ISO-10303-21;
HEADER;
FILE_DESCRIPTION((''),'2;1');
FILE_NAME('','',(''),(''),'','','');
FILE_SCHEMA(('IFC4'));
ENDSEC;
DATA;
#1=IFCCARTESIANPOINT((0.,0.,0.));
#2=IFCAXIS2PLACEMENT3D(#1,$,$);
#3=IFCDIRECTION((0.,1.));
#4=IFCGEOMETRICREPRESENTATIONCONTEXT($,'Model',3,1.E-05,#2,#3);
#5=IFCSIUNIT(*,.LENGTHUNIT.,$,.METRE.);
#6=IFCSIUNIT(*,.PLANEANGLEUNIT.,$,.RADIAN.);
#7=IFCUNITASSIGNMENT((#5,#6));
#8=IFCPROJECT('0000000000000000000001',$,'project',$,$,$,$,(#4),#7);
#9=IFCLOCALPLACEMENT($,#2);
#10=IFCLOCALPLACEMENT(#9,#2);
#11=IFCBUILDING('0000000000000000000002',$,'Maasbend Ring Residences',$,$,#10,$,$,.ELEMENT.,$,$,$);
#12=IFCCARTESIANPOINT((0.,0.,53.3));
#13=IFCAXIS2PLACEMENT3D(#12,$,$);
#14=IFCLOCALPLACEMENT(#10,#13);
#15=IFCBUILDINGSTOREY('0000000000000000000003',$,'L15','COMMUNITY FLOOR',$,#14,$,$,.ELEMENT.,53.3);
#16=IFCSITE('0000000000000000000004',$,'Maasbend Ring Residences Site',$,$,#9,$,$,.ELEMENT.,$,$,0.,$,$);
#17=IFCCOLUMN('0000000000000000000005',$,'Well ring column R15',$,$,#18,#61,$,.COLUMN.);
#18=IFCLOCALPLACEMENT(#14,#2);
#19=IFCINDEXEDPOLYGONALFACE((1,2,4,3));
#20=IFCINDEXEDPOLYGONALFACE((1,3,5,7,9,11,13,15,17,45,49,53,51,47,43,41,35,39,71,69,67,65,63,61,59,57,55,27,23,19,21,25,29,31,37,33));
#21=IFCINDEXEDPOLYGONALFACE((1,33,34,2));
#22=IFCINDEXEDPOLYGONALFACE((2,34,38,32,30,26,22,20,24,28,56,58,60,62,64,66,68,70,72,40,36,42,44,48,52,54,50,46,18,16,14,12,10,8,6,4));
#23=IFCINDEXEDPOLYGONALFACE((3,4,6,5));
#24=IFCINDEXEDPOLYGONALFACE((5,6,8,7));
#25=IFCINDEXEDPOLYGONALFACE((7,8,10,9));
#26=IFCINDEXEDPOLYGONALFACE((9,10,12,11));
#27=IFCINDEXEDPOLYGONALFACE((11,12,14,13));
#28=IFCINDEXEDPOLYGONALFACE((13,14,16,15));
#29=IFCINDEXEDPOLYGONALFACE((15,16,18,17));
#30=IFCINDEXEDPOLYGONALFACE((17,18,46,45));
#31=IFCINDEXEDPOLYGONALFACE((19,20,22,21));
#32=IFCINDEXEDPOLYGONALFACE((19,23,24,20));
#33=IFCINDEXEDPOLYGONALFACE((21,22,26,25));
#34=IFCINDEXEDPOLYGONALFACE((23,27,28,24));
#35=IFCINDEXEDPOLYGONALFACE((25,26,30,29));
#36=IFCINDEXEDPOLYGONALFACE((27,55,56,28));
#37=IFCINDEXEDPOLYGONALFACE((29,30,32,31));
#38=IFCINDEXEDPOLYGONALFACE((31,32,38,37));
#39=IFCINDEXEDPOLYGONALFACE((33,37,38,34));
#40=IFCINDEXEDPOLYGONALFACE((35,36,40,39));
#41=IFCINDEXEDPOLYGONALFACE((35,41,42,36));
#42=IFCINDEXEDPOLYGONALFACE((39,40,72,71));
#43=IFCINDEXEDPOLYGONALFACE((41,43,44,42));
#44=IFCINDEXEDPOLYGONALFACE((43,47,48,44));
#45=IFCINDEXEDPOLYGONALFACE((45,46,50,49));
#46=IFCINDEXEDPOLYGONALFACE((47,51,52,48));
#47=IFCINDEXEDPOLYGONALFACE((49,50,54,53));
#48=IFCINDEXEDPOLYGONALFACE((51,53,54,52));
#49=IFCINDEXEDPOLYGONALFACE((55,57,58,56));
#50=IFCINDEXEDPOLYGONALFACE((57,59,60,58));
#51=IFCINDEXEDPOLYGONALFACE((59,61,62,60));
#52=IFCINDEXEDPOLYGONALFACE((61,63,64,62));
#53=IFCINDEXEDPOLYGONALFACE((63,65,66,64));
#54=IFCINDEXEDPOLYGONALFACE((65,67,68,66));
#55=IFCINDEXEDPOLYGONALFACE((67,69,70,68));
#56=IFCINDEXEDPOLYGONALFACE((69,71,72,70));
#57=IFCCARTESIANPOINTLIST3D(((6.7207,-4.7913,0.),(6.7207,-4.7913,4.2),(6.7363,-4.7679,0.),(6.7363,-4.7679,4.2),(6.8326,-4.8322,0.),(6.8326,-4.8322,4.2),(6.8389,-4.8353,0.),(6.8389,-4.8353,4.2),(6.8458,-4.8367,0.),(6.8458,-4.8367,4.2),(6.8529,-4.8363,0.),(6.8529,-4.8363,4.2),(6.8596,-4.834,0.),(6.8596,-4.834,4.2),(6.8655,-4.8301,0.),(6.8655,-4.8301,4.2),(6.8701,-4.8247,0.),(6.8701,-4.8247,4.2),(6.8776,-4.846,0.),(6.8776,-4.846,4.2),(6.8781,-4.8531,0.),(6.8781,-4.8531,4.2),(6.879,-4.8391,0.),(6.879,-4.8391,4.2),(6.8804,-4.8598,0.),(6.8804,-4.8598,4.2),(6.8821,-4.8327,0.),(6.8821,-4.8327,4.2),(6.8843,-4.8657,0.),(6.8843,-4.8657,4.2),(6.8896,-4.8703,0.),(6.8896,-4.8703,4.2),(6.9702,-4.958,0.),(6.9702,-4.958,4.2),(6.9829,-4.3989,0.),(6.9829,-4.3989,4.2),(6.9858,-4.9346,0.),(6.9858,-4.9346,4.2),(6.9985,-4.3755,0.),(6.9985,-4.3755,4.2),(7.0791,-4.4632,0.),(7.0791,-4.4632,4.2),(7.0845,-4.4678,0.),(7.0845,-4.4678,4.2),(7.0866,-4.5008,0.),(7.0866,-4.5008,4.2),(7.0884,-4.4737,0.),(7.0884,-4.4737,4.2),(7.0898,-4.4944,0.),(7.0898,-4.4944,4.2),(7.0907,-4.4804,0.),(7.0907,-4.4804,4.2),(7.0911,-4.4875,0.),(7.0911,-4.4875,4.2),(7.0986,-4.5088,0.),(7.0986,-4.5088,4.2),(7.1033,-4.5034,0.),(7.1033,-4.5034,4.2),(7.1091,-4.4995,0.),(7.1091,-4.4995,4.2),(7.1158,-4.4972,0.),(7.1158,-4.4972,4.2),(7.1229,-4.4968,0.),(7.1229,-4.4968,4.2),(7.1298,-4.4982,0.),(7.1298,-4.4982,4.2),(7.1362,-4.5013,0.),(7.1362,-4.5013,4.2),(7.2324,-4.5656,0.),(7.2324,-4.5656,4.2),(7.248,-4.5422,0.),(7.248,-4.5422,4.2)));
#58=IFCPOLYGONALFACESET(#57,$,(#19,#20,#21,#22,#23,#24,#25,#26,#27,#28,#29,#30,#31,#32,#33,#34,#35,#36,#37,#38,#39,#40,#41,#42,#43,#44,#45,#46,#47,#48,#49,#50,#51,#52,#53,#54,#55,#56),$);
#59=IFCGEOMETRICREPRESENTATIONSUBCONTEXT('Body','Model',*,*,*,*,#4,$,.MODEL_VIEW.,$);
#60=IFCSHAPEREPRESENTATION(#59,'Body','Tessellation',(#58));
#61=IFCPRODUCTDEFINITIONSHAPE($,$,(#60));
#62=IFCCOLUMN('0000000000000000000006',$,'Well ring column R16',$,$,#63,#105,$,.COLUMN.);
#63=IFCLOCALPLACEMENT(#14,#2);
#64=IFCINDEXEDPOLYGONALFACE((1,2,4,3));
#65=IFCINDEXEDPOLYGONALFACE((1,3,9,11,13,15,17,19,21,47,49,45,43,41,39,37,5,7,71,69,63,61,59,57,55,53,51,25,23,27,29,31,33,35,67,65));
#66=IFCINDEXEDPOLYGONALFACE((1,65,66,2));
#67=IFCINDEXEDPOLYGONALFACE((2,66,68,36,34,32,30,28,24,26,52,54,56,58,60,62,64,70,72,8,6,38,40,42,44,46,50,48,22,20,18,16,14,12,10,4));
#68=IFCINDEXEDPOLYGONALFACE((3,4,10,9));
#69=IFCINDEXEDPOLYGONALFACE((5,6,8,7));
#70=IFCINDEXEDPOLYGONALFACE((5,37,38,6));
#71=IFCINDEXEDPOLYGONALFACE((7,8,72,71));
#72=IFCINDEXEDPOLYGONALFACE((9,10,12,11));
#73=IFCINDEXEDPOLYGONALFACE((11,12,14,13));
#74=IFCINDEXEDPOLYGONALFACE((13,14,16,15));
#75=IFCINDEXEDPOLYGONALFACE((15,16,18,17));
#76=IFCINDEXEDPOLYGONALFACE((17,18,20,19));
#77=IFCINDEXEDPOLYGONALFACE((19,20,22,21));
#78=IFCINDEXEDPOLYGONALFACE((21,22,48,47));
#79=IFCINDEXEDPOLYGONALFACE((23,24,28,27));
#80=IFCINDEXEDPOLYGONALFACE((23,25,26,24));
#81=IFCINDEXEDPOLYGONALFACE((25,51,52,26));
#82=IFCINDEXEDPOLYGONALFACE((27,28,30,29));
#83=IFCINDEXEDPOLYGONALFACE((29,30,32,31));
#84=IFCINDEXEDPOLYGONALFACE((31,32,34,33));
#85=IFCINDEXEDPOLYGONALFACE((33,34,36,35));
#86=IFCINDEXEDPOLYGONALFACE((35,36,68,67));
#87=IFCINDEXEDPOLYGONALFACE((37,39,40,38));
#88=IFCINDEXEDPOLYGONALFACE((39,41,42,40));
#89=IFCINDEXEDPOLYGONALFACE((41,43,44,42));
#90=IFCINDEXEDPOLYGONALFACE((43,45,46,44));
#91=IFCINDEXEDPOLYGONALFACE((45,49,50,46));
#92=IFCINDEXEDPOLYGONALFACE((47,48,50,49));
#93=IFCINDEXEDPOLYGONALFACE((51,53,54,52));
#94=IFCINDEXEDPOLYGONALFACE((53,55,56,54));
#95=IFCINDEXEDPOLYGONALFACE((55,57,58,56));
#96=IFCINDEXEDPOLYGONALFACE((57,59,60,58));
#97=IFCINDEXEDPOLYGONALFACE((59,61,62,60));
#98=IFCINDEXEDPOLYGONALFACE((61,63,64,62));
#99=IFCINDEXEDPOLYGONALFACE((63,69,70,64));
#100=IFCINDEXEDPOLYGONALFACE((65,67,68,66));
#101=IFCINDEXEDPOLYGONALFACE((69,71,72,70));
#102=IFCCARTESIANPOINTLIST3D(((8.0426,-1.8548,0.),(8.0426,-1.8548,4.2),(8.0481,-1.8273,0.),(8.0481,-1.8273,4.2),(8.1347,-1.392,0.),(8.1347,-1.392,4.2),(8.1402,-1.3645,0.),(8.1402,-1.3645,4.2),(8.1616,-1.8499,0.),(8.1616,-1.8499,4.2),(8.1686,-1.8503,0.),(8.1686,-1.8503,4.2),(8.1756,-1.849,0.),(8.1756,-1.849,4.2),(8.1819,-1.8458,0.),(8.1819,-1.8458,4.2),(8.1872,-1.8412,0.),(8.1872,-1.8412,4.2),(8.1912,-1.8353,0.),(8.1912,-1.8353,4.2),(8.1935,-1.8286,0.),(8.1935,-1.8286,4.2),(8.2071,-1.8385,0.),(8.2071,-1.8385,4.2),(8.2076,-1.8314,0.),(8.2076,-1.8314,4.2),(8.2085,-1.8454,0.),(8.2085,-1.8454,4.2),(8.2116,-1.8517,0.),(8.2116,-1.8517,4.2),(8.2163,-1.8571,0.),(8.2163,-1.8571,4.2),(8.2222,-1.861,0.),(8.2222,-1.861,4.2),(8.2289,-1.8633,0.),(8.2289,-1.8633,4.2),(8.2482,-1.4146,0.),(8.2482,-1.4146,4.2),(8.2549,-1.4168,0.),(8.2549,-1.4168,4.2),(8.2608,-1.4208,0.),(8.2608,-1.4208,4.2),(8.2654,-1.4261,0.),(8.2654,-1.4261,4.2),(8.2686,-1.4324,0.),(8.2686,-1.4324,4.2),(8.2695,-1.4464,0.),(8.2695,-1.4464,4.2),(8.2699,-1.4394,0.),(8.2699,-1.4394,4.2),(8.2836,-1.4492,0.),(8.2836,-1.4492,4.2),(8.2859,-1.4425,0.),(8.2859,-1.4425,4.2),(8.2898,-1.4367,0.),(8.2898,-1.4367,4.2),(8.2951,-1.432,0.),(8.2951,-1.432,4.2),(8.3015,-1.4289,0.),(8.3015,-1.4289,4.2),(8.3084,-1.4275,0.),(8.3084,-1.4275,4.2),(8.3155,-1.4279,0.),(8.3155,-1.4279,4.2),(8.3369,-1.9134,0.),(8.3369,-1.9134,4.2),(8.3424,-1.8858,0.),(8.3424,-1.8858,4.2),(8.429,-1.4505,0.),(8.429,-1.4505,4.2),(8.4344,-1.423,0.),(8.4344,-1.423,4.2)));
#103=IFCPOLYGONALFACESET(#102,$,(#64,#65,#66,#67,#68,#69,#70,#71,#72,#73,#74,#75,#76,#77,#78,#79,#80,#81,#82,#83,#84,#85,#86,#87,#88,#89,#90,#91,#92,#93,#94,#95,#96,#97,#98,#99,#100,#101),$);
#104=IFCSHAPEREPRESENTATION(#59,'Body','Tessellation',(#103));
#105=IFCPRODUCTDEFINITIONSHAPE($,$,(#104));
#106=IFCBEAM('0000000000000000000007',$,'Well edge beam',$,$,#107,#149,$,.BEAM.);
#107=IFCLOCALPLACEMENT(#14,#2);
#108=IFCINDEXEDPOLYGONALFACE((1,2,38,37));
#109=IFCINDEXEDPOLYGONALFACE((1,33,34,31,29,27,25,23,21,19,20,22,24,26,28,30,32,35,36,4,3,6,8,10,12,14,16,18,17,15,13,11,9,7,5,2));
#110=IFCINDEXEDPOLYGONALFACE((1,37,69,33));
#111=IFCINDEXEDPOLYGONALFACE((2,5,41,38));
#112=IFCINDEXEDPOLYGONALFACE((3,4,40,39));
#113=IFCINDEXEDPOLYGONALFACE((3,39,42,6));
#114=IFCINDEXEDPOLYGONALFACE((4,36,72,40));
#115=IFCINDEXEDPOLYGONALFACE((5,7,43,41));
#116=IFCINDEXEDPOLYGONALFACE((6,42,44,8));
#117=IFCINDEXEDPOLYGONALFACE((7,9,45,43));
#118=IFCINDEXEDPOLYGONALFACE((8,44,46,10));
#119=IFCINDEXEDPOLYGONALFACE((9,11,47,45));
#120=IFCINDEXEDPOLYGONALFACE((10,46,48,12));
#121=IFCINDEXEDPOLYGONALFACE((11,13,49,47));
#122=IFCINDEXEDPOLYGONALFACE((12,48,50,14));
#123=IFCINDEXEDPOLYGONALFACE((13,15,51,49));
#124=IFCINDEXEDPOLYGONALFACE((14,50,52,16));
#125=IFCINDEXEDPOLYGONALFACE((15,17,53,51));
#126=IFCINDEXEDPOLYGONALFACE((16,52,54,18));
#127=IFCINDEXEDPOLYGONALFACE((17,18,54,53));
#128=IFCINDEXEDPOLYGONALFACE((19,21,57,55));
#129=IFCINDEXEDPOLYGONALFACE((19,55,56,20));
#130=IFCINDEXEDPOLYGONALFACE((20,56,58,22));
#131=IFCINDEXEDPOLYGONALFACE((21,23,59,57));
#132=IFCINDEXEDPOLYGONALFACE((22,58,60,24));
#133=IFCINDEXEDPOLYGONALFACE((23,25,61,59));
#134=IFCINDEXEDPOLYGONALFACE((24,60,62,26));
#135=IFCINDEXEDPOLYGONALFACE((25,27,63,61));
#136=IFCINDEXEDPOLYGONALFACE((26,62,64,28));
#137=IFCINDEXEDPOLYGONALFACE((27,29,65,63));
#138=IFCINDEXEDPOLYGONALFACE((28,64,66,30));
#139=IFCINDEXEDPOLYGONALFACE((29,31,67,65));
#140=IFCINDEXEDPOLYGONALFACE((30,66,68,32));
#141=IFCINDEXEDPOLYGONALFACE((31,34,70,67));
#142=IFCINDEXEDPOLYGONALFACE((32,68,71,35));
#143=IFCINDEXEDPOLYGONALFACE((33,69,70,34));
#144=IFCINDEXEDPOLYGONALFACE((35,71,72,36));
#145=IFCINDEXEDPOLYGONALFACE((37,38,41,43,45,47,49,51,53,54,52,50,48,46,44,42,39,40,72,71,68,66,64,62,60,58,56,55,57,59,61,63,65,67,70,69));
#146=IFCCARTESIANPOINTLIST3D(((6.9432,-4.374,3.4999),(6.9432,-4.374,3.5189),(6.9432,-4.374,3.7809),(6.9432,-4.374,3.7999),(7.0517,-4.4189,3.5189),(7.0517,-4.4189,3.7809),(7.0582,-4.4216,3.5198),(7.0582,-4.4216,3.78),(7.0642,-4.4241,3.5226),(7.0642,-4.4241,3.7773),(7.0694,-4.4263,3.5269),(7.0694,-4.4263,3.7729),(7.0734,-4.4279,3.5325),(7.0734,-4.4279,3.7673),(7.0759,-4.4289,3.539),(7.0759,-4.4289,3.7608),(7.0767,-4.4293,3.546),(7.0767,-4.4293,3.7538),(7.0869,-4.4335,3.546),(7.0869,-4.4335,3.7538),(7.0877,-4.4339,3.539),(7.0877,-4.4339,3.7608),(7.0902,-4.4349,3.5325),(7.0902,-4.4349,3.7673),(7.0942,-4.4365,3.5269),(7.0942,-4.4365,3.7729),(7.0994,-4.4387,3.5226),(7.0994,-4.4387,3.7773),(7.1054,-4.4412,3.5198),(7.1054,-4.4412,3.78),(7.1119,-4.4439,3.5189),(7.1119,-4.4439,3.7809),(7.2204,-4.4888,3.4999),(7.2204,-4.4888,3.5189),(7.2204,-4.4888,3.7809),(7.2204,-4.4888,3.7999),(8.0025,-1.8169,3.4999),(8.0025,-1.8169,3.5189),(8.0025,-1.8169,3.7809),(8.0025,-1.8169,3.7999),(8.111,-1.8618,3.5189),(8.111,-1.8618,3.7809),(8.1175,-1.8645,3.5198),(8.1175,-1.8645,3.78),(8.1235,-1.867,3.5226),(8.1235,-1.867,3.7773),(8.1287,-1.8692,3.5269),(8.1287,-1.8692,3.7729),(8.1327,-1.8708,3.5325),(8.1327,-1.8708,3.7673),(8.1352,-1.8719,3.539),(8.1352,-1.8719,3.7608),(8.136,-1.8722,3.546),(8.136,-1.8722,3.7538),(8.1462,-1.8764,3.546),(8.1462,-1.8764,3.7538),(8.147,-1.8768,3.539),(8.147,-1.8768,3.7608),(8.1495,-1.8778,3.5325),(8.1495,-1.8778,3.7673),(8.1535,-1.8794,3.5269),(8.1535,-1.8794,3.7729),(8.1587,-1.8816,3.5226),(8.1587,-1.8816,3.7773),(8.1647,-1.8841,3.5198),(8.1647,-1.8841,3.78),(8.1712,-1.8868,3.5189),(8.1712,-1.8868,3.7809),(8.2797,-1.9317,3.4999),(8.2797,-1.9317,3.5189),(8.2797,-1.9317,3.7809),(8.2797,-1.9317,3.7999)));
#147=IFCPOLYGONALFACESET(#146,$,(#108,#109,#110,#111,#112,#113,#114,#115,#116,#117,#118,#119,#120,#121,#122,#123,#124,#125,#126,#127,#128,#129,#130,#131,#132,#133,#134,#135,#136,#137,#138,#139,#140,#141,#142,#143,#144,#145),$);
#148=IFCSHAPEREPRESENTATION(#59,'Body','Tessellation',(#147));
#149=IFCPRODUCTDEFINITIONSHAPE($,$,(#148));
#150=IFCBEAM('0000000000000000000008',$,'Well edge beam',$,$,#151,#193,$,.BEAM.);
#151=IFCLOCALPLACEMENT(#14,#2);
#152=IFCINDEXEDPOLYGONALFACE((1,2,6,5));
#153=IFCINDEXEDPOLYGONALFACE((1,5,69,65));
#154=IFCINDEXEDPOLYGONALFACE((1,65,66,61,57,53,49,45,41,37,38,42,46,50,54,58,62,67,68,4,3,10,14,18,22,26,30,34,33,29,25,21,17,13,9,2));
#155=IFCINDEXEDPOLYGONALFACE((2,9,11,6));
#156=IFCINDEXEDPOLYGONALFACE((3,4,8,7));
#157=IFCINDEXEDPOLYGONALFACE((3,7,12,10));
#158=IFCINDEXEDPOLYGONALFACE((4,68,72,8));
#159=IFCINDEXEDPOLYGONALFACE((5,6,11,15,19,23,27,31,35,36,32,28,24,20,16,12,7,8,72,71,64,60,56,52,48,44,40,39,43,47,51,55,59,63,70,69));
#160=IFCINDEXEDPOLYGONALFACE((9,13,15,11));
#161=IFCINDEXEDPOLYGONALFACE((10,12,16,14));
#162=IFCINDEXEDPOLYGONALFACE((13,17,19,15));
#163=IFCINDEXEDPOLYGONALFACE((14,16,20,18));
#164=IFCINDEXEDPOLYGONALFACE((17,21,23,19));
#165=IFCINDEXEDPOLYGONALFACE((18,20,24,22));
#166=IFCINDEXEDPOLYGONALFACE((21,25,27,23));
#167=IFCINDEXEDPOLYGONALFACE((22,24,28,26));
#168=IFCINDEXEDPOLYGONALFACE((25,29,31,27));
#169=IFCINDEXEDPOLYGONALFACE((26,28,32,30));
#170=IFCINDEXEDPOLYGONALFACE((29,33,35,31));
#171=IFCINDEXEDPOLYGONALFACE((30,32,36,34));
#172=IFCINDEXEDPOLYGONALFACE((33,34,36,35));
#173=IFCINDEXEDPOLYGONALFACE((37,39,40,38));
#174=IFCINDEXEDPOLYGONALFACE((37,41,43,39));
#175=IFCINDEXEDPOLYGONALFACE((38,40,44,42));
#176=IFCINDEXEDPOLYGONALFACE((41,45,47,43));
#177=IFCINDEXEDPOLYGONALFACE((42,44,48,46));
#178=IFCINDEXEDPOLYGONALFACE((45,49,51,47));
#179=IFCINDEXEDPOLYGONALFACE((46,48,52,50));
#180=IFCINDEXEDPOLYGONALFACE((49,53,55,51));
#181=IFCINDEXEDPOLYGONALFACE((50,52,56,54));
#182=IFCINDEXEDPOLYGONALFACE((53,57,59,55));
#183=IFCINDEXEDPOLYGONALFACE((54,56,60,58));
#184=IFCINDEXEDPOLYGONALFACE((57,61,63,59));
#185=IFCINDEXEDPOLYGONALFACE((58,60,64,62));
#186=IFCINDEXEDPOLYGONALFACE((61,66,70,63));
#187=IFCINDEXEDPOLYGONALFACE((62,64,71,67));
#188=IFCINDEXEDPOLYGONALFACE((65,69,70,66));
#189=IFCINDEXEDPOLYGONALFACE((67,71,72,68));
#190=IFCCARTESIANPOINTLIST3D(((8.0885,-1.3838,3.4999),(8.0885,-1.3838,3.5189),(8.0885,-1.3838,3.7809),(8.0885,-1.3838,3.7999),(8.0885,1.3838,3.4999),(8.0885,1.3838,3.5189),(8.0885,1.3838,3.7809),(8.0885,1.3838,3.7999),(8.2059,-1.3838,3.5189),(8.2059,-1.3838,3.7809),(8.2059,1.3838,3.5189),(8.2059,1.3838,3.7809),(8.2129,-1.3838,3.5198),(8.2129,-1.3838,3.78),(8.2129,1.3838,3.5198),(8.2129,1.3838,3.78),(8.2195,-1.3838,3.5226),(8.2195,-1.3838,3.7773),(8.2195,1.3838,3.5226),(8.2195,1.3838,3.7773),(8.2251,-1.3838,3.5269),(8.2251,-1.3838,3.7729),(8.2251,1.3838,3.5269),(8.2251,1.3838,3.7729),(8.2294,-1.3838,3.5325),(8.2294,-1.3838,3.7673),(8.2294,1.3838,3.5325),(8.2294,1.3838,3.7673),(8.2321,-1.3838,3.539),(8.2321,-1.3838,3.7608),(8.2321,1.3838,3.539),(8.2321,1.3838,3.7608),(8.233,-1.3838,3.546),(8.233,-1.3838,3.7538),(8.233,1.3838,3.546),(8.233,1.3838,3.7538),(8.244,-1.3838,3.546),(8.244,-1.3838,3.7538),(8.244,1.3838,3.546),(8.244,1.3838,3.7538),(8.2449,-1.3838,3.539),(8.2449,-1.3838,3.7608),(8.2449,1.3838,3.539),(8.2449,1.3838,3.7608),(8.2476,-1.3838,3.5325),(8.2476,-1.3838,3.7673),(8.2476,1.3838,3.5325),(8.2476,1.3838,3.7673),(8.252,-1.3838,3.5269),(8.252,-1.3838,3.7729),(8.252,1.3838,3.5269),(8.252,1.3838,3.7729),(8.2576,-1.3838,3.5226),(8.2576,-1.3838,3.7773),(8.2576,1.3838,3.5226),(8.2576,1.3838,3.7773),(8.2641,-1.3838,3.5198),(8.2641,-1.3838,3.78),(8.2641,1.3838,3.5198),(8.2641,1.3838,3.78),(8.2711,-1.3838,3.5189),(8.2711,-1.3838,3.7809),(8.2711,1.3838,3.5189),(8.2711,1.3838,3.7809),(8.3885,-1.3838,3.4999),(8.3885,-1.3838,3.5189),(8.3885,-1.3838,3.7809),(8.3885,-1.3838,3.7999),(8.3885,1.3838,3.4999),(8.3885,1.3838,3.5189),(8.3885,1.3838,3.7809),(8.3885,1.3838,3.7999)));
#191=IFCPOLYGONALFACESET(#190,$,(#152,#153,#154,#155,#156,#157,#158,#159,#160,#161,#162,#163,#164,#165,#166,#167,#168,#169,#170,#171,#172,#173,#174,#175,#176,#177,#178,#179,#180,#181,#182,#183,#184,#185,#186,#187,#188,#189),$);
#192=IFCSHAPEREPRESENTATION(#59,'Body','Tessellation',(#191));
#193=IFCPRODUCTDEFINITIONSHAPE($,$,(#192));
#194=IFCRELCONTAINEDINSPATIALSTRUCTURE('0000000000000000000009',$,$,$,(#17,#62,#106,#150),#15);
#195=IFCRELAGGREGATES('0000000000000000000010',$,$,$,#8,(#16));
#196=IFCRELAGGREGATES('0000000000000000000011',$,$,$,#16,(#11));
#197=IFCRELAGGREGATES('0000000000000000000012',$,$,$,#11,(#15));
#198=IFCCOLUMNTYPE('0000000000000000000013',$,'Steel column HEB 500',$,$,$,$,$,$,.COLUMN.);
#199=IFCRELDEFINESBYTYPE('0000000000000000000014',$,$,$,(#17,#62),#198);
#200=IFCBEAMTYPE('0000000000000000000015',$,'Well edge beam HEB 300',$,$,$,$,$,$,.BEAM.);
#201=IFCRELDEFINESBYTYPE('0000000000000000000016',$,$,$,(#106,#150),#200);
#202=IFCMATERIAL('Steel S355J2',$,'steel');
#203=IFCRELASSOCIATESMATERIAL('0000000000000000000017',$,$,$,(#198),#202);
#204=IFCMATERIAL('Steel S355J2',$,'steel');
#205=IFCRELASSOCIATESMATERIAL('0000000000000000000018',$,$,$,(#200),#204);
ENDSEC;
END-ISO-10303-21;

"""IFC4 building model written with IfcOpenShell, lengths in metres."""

from ifc_helpers import new_model, si_unit, direction, frame, origin, origin_2d, place, context, subcontext, project, spatial, i_section, extrude, material, material_profile, profile_set, type_object, element, save


model = new_model("IFC4")

# Units and contexts
model_context = context("Model", 3, precision=1e-05, world=origin(), true_north=direction((0.0, 1.0)))
body_context = subcontext(model_context, "Body", "Model", "MODEL_VIEW")
ifc_project = project(units=[si_unit("LENGTHUNIT", "METRE"), si_unit("PLANEANGLEUNIT", "RADIAN")], contexts=[model_context])

# Site, building, storey
site_placement = place(None, origin())
site = spatial("IfcSite", under=ifc_project, at=site_placement, Name="Maasbend Ring Residences Site", CompositionType="ELEMENT", RefElevation=0.0)
building_placement = place(site_placement, origin())
building = spatial("IfcBuilding", under=site, at=building_placement, Name="Maasbend Ring Residences", CompositionType="ELEMENT")
storey_placement = place(building_placement, frame((0.0, 0.0, 53.3)))
storey = spatial("IfcBuildingStorey", under=building, at=storey_placement, Name="L15", Description="COMMUNITY FLOOR", CompositionType="ELEMENT", Elevation=53.3)

# Columns
ifc_material_1 = material(Name="Steel S355J2", Category="steel")
ifc_material_profile_1 = material_profile(ifc_material_1, i_section(OverallWidth=0.3, OverallDepth=0.5, WebThickness=0.0144, FlangeThickness=0.0281, FilletRadius=0.0271, at=origin_2d()), Name="HEB 500")
ifc_profile_set_1 = profile_set([ifc_material_profile_1], Name="Steel S355J2")
column_type = type_object("IfcColumnType", Name="Steel column HEB 500", PredefinedType="COLUMN", material=ifc_profile_set_1)
for number, where, z_axis, x_axis, name in (
    (1, (6.9844, -4.6667, 0.0), (0.0, 0.0, 1.0), (0.83147, -0.55557, 0.0), "Well ring column R15"),
    (2, (8.2385, -1.6389, 0.0), (0.0, 0.0, 1.0), (0.980785, -0.19509, 0.0), "Well ring column R16"),
):
    element("IfcColumn", number, at=place(storey_placement, frame(where, z_axis=z_axis, x_axis=x_axis)), inside=storey, type_object=column_type, Name=name, PredefinedType="COLUMN", context=body_context, shape_type="SweptSolid", body=[
        extrude(i_section(OverallWidth=0.3, OverallDepth=0.5, WebThickness=0.0144, FlangeThickness=0.0281, FilletRadius=0.0271, at=origin_2d()), origin(), (0.0, 0.0, 1.0), 4.2),
    ])

# Beams
ifc_material_2 = material(Name="Steel S355J2", Category="steel")
ifc_material_profile_2 = material_profile(ifc_material_2, i_section(OverallWidth=0.3, OverallDepth=0.3, WebThickness=0.011, FlangeThickness=0.019, FilletRadius=0.0271, at=origin_2d()), Name="HEB 300")
ifc_profile_set_2 = profile_set([ifc_material_profile_2], Name="Steel S355J2")
beam_type = type_object("IfcBeamType", Name="Well edge beam HEB 300", PredefinedType="BEAM", material=ifc_profile_set_2)
beam_1_placement = place(storey_placement, frame((7.0818, -4.4314, 3.6499), z_axis=(0.382723, 0.923863, 0.0), x_axis=(-0.923863, 0.382723, 0.0)))
element("IfcBeam", 3, at=beam_1_placement, inside=storey, type_object=beam_type, Name="Well edge beam", PredefinedType="BEAM", context=body_context, shape_type="SweptSolid", body=[
    extrude(i_section(OverallWidth=0.3, OverallDepth=0.3, WebThickness=0.011, FlangeThickness=0.019, FilletRadius=0.0271, at=origin_2d()), origin(), (0.0, 0.0, 1.0), 2.7678),
])
beam_2_placement = place(storey_placement, frame((8.2385, -1.3838, 3.6499), z_axis=(0.0, 1.0, 0.0), x_axis=(-1.0, 0.0, 0.0)))
element("IfcBeam", 4, at=beam_2_placement, inside=storey, type_object=beam_type, Name="Well edge beam", PredefinedType="BEAM", context=body_context, shape_type="SweptSolid", body=[
    extrude(i_section(OverallWidth=0.3, OverallDepth=0.3, WebThickness=0.011, FlangeThickness=0.019, FilletRadius=0.0271, at=origin_2d()), origin(), (0.0, 0.0, 1.0), 2.7676),
])

save(model, "model.ifc")
